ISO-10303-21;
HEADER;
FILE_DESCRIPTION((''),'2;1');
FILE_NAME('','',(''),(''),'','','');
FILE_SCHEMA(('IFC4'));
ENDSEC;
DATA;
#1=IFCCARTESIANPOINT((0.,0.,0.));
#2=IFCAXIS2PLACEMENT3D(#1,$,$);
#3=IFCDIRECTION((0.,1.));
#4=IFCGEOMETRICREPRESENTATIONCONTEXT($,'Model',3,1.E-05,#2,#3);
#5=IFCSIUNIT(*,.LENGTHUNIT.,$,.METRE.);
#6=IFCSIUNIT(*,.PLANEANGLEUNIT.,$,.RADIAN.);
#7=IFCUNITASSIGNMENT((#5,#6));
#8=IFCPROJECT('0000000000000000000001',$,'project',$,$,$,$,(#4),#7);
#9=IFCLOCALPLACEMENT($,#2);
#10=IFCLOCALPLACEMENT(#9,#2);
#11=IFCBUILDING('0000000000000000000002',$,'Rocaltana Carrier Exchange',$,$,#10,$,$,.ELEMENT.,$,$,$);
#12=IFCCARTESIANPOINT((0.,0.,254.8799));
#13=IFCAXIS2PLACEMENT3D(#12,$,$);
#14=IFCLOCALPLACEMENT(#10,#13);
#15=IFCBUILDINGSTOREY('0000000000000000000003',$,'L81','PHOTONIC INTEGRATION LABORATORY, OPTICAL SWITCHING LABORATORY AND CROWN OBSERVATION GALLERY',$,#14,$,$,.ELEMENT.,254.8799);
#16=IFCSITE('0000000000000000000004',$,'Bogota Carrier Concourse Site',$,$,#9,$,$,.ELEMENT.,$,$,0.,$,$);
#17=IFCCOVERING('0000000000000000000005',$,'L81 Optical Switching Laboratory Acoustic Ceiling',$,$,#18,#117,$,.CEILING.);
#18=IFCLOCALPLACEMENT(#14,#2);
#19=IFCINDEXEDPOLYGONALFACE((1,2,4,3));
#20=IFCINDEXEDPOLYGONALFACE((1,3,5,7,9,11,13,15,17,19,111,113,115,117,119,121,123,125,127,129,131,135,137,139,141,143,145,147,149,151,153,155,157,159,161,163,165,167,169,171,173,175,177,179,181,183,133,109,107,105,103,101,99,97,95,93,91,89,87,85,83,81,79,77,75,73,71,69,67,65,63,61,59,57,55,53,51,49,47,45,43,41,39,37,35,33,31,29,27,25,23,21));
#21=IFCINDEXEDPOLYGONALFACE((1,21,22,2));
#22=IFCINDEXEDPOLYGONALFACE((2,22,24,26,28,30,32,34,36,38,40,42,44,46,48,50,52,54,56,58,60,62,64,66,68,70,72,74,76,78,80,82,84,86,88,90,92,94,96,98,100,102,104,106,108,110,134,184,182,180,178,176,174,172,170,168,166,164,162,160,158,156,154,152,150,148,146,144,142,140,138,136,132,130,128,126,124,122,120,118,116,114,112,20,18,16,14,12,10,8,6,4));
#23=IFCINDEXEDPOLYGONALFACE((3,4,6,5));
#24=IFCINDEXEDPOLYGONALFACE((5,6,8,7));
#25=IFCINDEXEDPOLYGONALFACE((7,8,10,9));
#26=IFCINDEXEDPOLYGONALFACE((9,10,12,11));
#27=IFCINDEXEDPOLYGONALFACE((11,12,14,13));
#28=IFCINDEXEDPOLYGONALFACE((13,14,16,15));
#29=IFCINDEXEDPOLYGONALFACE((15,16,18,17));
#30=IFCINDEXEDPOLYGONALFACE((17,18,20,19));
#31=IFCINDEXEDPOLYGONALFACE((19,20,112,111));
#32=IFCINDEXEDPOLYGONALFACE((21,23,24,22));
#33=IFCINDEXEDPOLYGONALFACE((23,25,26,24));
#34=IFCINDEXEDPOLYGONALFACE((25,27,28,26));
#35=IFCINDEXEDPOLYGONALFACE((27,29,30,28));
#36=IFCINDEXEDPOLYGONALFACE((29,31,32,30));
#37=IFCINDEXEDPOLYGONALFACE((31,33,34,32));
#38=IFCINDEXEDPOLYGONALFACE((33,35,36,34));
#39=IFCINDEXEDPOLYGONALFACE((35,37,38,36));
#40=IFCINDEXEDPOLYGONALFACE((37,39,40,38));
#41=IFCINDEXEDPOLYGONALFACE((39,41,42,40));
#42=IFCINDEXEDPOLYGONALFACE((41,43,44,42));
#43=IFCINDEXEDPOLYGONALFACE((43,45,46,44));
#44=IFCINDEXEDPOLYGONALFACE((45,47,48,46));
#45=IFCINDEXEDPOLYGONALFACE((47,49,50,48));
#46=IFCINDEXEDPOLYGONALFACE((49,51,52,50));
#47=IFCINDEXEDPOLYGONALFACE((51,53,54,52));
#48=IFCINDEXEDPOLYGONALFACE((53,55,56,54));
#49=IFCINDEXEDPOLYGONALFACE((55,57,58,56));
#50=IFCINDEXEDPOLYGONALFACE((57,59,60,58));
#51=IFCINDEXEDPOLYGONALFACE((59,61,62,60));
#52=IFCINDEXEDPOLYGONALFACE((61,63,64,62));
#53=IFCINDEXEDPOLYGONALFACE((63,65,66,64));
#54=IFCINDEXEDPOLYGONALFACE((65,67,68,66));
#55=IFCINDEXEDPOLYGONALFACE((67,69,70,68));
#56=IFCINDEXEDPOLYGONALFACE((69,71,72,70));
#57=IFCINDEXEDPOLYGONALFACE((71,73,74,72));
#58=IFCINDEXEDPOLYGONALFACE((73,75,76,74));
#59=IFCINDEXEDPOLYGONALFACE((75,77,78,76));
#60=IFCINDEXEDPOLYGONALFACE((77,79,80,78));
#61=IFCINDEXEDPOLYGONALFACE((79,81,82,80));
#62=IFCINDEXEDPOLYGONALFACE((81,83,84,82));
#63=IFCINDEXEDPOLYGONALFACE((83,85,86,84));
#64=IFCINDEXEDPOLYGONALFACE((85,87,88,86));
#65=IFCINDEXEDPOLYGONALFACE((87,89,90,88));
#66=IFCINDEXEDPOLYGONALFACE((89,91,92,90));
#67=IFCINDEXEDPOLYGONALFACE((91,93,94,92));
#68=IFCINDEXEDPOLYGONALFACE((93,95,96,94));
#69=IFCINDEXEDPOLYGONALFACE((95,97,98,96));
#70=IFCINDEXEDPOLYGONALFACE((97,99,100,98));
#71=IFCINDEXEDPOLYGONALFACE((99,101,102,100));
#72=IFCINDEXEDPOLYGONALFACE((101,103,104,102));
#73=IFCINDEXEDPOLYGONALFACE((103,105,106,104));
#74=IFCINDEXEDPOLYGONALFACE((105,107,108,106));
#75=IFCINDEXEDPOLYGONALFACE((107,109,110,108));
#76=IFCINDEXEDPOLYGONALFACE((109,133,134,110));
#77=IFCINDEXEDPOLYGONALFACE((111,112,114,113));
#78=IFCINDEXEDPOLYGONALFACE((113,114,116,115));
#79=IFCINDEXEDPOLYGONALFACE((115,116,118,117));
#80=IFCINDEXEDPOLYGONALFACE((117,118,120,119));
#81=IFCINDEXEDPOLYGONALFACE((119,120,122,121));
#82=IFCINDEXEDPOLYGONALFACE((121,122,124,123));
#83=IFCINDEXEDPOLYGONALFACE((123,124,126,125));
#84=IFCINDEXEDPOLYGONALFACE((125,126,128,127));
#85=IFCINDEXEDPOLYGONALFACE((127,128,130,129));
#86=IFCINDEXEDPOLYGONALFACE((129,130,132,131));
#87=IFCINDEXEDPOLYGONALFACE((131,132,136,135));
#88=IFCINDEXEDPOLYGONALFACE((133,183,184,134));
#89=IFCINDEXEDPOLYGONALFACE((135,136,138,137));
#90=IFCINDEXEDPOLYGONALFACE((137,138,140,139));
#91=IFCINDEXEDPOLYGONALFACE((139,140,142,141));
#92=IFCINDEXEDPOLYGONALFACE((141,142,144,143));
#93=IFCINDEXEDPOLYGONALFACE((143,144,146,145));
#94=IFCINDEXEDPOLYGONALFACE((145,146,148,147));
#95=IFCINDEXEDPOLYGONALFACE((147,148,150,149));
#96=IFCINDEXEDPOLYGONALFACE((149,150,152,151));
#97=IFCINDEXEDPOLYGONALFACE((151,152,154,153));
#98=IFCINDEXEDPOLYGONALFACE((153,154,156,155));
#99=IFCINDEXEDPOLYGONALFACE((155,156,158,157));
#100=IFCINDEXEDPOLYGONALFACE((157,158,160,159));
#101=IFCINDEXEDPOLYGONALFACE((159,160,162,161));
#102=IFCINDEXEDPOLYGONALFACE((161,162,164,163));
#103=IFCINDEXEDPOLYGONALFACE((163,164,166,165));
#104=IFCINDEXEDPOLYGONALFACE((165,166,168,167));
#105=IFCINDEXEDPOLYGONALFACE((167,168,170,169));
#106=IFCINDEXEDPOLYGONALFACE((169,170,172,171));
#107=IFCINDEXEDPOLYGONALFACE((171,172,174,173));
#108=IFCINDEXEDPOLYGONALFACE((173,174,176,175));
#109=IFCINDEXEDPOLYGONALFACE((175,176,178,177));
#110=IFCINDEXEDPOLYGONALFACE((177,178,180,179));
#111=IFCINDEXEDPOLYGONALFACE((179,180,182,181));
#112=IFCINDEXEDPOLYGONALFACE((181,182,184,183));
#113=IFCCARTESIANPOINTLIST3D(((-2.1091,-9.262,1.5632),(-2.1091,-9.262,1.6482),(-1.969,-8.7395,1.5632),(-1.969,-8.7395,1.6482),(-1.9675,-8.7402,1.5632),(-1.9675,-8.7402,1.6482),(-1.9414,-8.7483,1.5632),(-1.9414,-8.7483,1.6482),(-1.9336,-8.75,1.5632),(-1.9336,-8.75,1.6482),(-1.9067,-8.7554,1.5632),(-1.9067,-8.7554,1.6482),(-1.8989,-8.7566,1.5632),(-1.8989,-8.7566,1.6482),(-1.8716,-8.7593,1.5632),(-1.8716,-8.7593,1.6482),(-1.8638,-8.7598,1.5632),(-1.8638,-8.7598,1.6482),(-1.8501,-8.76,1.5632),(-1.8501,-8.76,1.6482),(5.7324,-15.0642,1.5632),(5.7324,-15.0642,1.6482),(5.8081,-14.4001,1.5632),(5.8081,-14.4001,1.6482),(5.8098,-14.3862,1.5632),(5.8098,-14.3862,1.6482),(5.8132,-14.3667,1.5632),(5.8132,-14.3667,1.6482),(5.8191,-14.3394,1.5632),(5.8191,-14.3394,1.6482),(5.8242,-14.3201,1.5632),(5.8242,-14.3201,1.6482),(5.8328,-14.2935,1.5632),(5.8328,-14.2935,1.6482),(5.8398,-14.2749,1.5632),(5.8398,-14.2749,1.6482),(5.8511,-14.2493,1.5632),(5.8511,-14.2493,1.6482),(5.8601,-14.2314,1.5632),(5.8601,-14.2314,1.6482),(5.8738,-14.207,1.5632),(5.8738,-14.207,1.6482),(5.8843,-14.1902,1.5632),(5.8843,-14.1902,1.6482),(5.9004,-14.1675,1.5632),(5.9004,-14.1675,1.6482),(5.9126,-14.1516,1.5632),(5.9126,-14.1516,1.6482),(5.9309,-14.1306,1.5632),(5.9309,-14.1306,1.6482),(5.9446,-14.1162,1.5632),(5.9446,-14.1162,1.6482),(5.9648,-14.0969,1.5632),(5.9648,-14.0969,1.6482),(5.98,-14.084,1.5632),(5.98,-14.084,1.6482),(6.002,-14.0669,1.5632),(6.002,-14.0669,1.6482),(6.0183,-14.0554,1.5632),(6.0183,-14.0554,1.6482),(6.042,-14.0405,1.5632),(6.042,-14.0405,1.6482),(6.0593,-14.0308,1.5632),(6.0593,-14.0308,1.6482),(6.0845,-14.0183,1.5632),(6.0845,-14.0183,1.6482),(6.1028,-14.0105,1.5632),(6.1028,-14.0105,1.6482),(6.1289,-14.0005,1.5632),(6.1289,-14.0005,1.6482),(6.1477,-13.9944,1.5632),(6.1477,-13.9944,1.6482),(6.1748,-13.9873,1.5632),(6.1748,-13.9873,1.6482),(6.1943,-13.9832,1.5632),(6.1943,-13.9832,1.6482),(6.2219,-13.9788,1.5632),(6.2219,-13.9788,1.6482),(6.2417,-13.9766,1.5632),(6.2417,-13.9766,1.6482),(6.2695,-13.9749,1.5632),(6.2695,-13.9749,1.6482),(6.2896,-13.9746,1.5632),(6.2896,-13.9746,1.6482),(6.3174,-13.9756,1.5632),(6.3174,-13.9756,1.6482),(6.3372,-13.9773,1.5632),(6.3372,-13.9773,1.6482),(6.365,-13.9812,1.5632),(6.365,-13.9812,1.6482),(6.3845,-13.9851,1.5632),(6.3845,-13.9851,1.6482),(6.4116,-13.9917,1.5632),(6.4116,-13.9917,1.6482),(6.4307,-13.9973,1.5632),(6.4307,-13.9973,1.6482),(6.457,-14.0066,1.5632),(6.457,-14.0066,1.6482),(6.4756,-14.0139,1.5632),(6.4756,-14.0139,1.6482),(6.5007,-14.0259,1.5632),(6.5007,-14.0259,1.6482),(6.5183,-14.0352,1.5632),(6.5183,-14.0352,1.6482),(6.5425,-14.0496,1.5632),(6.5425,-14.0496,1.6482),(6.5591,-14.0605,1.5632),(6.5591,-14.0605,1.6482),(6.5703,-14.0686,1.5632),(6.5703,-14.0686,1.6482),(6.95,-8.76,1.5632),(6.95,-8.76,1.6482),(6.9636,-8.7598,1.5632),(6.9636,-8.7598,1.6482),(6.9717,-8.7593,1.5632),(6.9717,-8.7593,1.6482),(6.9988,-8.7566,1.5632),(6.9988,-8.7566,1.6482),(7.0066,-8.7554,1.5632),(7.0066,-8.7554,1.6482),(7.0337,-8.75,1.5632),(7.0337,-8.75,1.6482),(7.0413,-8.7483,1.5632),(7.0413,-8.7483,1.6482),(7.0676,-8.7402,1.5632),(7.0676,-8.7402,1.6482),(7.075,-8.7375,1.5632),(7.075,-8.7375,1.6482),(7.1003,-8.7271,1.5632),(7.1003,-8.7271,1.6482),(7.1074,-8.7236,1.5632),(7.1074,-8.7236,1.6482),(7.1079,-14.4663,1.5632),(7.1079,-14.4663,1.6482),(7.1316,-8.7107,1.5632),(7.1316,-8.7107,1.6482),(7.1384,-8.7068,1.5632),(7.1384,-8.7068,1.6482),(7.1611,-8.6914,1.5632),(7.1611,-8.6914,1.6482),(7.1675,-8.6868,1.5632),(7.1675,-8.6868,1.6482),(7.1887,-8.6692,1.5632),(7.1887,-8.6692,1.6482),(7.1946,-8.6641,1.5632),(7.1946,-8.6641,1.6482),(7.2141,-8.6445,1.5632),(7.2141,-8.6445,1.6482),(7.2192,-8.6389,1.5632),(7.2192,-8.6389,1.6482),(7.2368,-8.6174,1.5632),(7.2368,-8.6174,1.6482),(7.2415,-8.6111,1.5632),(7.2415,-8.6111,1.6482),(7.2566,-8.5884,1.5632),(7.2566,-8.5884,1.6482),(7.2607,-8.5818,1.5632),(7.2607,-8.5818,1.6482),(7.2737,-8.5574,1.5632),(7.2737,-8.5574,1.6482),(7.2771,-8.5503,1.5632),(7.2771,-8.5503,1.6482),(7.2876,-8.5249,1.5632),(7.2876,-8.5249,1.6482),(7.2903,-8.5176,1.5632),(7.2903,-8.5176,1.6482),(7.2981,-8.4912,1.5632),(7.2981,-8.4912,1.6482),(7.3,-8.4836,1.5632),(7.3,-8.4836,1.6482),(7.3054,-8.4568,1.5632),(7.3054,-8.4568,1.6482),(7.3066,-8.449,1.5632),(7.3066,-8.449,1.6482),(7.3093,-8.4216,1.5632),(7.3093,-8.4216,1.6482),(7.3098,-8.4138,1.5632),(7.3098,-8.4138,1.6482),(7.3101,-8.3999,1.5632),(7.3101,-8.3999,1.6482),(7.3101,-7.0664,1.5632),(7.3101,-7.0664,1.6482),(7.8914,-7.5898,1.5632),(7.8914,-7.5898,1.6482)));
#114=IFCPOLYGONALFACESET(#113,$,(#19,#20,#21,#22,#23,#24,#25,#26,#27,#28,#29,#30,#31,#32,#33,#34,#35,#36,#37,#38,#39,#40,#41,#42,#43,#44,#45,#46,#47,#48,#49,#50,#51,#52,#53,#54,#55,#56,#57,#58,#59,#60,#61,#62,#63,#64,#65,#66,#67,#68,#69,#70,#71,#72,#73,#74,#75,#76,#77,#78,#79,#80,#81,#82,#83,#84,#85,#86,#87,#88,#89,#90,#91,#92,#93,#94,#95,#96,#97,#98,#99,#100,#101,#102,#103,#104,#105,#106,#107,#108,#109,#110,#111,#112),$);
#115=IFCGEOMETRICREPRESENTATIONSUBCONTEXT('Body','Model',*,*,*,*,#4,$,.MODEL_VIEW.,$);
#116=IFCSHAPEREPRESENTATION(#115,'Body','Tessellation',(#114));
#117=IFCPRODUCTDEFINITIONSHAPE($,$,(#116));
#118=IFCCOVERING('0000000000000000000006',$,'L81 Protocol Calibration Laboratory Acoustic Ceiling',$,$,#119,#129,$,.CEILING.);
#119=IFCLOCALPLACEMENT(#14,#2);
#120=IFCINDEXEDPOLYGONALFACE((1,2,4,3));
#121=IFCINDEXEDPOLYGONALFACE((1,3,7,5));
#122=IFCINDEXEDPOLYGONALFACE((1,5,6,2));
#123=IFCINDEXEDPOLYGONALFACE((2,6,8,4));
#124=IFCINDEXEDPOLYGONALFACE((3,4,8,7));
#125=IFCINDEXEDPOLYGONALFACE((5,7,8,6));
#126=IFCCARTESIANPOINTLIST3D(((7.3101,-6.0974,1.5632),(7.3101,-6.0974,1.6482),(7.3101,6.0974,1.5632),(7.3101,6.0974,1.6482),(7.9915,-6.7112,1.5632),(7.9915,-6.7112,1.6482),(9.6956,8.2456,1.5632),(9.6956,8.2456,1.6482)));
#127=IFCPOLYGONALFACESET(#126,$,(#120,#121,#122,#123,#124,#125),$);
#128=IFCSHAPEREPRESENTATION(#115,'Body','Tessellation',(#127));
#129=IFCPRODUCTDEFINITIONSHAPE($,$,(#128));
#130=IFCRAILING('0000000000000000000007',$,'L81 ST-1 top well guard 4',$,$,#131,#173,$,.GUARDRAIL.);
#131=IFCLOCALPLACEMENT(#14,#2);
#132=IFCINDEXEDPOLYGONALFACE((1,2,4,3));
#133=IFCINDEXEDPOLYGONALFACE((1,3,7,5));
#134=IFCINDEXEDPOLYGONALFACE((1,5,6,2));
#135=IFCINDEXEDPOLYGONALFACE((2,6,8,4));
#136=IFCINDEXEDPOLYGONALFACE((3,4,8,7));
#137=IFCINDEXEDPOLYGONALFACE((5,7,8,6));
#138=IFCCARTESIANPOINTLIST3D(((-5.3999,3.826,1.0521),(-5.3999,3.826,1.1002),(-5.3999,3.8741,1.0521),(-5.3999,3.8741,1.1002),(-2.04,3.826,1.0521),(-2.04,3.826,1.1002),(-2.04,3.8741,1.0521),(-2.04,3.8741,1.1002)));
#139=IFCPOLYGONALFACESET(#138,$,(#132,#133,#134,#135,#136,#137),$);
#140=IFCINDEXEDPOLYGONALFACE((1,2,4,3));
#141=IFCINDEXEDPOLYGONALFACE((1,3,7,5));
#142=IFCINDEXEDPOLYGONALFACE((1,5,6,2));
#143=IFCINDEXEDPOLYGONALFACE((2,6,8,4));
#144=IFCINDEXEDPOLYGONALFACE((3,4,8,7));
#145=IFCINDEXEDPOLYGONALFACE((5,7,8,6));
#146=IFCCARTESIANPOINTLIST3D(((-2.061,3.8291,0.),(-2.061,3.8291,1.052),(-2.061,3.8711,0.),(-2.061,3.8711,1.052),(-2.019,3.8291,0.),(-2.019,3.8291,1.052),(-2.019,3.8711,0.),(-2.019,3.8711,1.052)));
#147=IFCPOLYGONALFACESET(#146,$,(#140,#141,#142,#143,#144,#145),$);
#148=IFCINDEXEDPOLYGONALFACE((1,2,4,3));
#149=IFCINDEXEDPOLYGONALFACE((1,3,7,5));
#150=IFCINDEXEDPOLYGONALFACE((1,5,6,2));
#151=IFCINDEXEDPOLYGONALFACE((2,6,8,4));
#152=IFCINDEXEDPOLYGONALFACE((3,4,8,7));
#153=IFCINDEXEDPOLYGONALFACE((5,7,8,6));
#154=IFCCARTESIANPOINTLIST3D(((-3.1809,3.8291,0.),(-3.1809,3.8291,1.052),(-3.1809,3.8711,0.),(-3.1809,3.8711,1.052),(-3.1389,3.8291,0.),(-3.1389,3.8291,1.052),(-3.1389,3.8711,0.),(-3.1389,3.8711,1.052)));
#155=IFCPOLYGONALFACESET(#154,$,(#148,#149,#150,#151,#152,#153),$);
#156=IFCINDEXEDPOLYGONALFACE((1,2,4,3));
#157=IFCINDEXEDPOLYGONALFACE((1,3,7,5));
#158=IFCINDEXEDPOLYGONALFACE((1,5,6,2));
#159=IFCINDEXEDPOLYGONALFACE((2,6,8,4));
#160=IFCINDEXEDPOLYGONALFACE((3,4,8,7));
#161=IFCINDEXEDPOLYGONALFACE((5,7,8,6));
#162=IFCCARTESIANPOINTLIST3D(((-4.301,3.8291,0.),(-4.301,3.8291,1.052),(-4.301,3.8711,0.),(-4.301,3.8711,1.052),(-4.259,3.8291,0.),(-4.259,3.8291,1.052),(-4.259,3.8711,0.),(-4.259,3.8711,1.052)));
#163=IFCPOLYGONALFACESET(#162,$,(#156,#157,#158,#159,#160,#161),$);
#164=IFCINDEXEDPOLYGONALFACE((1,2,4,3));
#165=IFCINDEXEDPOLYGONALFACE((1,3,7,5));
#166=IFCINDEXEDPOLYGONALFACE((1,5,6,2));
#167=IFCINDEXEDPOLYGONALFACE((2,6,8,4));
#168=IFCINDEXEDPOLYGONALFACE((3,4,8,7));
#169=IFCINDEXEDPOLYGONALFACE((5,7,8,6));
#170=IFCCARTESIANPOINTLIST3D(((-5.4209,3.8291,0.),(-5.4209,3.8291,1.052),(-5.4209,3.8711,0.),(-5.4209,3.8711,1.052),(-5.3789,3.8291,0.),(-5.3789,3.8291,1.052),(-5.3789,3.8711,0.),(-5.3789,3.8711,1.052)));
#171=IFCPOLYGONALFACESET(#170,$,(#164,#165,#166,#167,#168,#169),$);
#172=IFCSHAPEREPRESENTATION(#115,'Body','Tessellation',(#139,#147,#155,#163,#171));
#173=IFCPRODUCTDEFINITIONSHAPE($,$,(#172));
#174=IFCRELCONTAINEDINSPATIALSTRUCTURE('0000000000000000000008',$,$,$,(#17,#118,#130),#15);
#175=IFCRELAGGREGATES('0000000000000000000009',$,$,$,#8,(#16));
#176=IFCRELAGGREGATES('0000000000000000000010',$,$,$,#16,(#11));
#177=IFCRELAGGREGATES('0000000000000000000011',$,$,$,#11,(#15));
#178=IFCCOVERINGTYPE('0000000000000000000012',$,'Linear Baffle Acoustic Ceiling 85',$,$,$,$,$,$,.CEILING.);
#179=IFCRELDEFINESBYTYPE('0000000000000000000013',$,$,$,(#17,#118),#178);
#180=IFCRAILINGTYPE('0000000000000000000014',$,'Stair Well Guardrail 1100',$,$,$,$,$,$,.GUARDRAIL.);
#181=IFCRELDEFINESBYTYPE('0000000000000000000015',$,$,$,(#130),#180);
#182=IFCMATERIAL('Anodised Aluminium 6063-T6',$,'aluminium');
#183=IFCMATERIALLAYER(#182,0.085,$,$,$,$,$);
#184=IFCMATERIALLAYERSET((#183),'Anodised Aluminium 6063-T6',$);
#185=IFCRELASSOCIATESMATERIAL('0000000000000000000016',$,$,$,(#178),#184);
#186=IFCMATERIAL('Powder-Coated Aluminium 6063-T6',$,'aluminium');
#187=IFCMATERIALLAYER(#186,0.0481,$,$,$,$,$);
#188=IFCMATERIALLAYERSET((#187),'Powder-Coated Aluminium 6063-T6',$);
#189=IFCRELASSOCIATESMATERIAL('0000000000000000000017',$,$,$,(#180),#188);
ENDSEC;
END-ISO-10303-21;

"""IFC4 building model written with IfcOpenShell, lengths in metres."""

from ifc_helpers import new_model, si_unit, direction, frame, origin, origin_2d, place, context, subcontext, project, spatial, polyline, rectangle, outline, extrude, material, layer, layer_set, type_object, element, save


model = new_model("IFC4")

# Units and contexts
model_context = context("Model", 3, precision=1e-05, world=origin(), true_north=direction((0.0, 1.0)))
body_context = subcontext(model_context, "Body", "Model", "MODEL_VIEW")
ifc_project = project(units=[si_unit("LENGTHUNIT", "METRE"), si_unit("PLANEANGLEUNIT", "RADIAN")], contexts=[model_context])

# Site, building, storey
site_placement = place(None, origin())
site = spatial("IfcSite", under=ifc_project, at=site_placement, Name="Bogota Carrier Concourse Site", CompositionType="ELEMENT", RefElevation=0.0)
building_placement = place(site_placement, origin())
building = spatial("IfcBuilding", under=site, at=building_placement, Name="Rocaltana Carrier Exchange", CompositionType="ELEMENT")
storey_placement = place(building_placement, frame((0.0, 0.0, 254.8799)))
storey = spatial("IfcBuildingStorey", under=building, at=storey_placement, Name="L81", Description="PHOTONIC INTEGRATION LABORATORY, OPTICAL SWITCHING LABORATORY AND CROWN OBSERVATION GALLERY", CompositionType="ELEMENT", Elevation=254.8799)

# Coverings
ifc_material_1 = material(Name="Anodised Aluminium 6063-T6", Category="aluminium")
ifc_layer_1 = layer(ifc_material_1, 0.085)
ifc_layer_set_1 = layer_set([ifc_layer_1], Name="Anodised Aluminium 6063-T6")
covering_type_1 = type_object("IfcCoveringType", Name="Linear Baffle Acoustic Ceiling 85", PredefinedType="CEILING", material=ifc_layer_set_1)
covering_1_placement = place(storey_placement, frame((0.0, 0.0, 1.5632)))
element("IfcCovering", 1, at=covering_1_placement, inside=storey, type_object=covering_type_1, Name="L81 Optical Switching Laboratory Acoustic Ceiling", PredefinedType="CEILING", context=body_context, shape_type="SweptSolid", body=[
    extrude(outline(polyline([(-1.969, -8.7395), (-1.9675, -8.7402), (-1.9414, -8.7483), (-1.9336, -8.75), (-1.9067, -8.7554), (-1.8989, -8.7566), (-1.8716, -8.7593), (-1.8638, -8.7598), (-1.8501, -8.76), (6.95, -8.76), (6.9636, -8.7598), (6.9717, -8.7593), (6.9988, -8.7566), (7.0066, -8.7554), (7.0337, -8.75), (7.0413, -8.7483), (7.0676, -8.7402), (7.075, -8.7375), (7.1003, -8.7271), (7.1074, -8.7236), (7.1316, -8.7107), (7.1384, -8.7068), (7.1611, -8.6914), (7.1675, -8.6868), (7.1887, -8.6692), (7.1946, -8.6641), (7.2141, -8.6445), (7.2192, -8.6389), (7.2368, -8.6174), (7.2415, -8.6111), (7.2566, -8.5884), (7.2607, -8.5818), (7.2737, -8.5574), (7.2771, -8.5503), (7.2876, -8.5249), (7.2903, -8.5176), (7.2981, -8.4912), (7.3, -8.4836), (7.3054, -8.4568), (7.3066, -8.449), (7.3093, -8.4216), (7.3098, -8.4138), (7.3101, -8.3999), (7.3101, -7.0664), (7.8914, -7.5898), (7.1079, -14.4663), (6.5703, -14.0686), (6.5591, -14.0605), (6.5425, -14.0496), (6.5183, -14.0352), (6.5007, -14.0259), (6.4756, -14.0139), (6.457, -14.0066), (6.4307, -13.9973), (6.4116, -13.9917), (6.3845, -13.9851), (6.365, -13.9812), (6.3372, -13.9773), (6.3174, -13.9756), (6.2896, -13.9746), (6.2695, -13.9749), (6.2417, -13.9766), (6.2219, -13.9788), (6.1943, -13.9832), (6.1748, -13.9873), (6.1477, -13.9944), (6.1289, -14.0005), (6.1028, -14.0105), (6.0845, -14.0183), (6.0593, -14.0308), (6.042, -14.0405), (6.0183, -14.0554), (6.002, -14.0669), (5.98, -14.084), (5.9648, -14.0969), (5.9446, -14.1162), (5.9309, -14.1306), (5.9126, -14.1516), (5.9004, -14.1675), (5.8843, -14.1902), (5.8738, -14.207), (5.8601, -14.2314), (5.8511, -14.2493), (5.8398, -14.2749), (5.8328, -14.2935), (5.8242, -14.3201), (5.8191, -14.3394), (5.8132, -14.3667), (5.8098, -14.3862), (5.8081, -14.4001), (5.7324, -15.0642), (-2.1091, -9.262), (-1.969, -8.7395)])), origin(), (0.0, 0.0, 1.0), 0.085),
])
covering_2_placement = place(storey_placement, frame((0.0, 0.0, 1.5632)))
element("IfcCovering", 2, at=covering_2_placement, inside=storey, type_object=covering_type_1, Name="L81 Protocol Calibration Laboratory Acoustic Ceiling", PredefinedType="CEILING", context=body_context, shape_type="SweptSolid", body=[
    extrude(outline(polyline([(7.9915, -6.7112), (7.3101, -6.0974), (7.3101, 6.0974), (9.6956, 8.2456), (7.9915, -6.7112)])), origin(), (0.0, 0.0, 1.0), 0.085),
])

# Railing
ifc_material_2 = material(Name="Powder-Coated Aluminium 6063-T6", Category="aluminium")
ifc_layer_2 = layer(ifc_material_2, 0.0481)
ifc_layer_set_2 = layer_set([ifc_layer_2], Name="Powder-Coated Aluminium 6063-T6")
railing_type = type_object("IfcRailingType", Name="Stair Well Guardrail 1100", PredefinedType="GUARDRAIL", material=ifc_layer_set_2)
railing_placement = place(storey_placement, frame((-2.04, 3.8501, 0.0)))
element("IfcRailing", 3, at=railing_placement, inside=storey, type_object=railing_type, Name="L81 ST-1 top well guard 4", PredefinedType="GUARDRAIL", context=body_context, shape_type="SweptSolid", body=[
    extrude(rectangle(XDim=0.0481, YDim=0.0481, at=origin_2d()), frame((0.0, 0.0, 1.0762), z_axis=(-1.0, 0.0, 0.0), x_axis=(0.0, -1.0, 0.0)), (0.0, 0.0, 1.0), 3.3599),
    extrude(rectangle(XDim=0.042, YDim=0.042, at=origin_2d()), origin(), (0.0, 0.0, 1.0), 1.052),
    extrude(rectangle(XDim=0.042, YDim=0.042, at=origin_2d()), frame((-1.1199, 0.0, 0.0)), (0.0, 0.0, 1.0), 1.052),
    extrude(rectangle(XDim=0.042, YDim=0.042, at=origin_2d()), frame((-2.24, 0.0, 0.0)), (0.0, 0.0, 1.0), 1.052),
    extrude(rectangle(XDim=0.042, YDim=0.042, at=origin_2d()), frame((-3.3599, 0.0, 0.0)), (0.0, 0.0, 1.0), 1.052),
])

save(model, "model.ifc")
